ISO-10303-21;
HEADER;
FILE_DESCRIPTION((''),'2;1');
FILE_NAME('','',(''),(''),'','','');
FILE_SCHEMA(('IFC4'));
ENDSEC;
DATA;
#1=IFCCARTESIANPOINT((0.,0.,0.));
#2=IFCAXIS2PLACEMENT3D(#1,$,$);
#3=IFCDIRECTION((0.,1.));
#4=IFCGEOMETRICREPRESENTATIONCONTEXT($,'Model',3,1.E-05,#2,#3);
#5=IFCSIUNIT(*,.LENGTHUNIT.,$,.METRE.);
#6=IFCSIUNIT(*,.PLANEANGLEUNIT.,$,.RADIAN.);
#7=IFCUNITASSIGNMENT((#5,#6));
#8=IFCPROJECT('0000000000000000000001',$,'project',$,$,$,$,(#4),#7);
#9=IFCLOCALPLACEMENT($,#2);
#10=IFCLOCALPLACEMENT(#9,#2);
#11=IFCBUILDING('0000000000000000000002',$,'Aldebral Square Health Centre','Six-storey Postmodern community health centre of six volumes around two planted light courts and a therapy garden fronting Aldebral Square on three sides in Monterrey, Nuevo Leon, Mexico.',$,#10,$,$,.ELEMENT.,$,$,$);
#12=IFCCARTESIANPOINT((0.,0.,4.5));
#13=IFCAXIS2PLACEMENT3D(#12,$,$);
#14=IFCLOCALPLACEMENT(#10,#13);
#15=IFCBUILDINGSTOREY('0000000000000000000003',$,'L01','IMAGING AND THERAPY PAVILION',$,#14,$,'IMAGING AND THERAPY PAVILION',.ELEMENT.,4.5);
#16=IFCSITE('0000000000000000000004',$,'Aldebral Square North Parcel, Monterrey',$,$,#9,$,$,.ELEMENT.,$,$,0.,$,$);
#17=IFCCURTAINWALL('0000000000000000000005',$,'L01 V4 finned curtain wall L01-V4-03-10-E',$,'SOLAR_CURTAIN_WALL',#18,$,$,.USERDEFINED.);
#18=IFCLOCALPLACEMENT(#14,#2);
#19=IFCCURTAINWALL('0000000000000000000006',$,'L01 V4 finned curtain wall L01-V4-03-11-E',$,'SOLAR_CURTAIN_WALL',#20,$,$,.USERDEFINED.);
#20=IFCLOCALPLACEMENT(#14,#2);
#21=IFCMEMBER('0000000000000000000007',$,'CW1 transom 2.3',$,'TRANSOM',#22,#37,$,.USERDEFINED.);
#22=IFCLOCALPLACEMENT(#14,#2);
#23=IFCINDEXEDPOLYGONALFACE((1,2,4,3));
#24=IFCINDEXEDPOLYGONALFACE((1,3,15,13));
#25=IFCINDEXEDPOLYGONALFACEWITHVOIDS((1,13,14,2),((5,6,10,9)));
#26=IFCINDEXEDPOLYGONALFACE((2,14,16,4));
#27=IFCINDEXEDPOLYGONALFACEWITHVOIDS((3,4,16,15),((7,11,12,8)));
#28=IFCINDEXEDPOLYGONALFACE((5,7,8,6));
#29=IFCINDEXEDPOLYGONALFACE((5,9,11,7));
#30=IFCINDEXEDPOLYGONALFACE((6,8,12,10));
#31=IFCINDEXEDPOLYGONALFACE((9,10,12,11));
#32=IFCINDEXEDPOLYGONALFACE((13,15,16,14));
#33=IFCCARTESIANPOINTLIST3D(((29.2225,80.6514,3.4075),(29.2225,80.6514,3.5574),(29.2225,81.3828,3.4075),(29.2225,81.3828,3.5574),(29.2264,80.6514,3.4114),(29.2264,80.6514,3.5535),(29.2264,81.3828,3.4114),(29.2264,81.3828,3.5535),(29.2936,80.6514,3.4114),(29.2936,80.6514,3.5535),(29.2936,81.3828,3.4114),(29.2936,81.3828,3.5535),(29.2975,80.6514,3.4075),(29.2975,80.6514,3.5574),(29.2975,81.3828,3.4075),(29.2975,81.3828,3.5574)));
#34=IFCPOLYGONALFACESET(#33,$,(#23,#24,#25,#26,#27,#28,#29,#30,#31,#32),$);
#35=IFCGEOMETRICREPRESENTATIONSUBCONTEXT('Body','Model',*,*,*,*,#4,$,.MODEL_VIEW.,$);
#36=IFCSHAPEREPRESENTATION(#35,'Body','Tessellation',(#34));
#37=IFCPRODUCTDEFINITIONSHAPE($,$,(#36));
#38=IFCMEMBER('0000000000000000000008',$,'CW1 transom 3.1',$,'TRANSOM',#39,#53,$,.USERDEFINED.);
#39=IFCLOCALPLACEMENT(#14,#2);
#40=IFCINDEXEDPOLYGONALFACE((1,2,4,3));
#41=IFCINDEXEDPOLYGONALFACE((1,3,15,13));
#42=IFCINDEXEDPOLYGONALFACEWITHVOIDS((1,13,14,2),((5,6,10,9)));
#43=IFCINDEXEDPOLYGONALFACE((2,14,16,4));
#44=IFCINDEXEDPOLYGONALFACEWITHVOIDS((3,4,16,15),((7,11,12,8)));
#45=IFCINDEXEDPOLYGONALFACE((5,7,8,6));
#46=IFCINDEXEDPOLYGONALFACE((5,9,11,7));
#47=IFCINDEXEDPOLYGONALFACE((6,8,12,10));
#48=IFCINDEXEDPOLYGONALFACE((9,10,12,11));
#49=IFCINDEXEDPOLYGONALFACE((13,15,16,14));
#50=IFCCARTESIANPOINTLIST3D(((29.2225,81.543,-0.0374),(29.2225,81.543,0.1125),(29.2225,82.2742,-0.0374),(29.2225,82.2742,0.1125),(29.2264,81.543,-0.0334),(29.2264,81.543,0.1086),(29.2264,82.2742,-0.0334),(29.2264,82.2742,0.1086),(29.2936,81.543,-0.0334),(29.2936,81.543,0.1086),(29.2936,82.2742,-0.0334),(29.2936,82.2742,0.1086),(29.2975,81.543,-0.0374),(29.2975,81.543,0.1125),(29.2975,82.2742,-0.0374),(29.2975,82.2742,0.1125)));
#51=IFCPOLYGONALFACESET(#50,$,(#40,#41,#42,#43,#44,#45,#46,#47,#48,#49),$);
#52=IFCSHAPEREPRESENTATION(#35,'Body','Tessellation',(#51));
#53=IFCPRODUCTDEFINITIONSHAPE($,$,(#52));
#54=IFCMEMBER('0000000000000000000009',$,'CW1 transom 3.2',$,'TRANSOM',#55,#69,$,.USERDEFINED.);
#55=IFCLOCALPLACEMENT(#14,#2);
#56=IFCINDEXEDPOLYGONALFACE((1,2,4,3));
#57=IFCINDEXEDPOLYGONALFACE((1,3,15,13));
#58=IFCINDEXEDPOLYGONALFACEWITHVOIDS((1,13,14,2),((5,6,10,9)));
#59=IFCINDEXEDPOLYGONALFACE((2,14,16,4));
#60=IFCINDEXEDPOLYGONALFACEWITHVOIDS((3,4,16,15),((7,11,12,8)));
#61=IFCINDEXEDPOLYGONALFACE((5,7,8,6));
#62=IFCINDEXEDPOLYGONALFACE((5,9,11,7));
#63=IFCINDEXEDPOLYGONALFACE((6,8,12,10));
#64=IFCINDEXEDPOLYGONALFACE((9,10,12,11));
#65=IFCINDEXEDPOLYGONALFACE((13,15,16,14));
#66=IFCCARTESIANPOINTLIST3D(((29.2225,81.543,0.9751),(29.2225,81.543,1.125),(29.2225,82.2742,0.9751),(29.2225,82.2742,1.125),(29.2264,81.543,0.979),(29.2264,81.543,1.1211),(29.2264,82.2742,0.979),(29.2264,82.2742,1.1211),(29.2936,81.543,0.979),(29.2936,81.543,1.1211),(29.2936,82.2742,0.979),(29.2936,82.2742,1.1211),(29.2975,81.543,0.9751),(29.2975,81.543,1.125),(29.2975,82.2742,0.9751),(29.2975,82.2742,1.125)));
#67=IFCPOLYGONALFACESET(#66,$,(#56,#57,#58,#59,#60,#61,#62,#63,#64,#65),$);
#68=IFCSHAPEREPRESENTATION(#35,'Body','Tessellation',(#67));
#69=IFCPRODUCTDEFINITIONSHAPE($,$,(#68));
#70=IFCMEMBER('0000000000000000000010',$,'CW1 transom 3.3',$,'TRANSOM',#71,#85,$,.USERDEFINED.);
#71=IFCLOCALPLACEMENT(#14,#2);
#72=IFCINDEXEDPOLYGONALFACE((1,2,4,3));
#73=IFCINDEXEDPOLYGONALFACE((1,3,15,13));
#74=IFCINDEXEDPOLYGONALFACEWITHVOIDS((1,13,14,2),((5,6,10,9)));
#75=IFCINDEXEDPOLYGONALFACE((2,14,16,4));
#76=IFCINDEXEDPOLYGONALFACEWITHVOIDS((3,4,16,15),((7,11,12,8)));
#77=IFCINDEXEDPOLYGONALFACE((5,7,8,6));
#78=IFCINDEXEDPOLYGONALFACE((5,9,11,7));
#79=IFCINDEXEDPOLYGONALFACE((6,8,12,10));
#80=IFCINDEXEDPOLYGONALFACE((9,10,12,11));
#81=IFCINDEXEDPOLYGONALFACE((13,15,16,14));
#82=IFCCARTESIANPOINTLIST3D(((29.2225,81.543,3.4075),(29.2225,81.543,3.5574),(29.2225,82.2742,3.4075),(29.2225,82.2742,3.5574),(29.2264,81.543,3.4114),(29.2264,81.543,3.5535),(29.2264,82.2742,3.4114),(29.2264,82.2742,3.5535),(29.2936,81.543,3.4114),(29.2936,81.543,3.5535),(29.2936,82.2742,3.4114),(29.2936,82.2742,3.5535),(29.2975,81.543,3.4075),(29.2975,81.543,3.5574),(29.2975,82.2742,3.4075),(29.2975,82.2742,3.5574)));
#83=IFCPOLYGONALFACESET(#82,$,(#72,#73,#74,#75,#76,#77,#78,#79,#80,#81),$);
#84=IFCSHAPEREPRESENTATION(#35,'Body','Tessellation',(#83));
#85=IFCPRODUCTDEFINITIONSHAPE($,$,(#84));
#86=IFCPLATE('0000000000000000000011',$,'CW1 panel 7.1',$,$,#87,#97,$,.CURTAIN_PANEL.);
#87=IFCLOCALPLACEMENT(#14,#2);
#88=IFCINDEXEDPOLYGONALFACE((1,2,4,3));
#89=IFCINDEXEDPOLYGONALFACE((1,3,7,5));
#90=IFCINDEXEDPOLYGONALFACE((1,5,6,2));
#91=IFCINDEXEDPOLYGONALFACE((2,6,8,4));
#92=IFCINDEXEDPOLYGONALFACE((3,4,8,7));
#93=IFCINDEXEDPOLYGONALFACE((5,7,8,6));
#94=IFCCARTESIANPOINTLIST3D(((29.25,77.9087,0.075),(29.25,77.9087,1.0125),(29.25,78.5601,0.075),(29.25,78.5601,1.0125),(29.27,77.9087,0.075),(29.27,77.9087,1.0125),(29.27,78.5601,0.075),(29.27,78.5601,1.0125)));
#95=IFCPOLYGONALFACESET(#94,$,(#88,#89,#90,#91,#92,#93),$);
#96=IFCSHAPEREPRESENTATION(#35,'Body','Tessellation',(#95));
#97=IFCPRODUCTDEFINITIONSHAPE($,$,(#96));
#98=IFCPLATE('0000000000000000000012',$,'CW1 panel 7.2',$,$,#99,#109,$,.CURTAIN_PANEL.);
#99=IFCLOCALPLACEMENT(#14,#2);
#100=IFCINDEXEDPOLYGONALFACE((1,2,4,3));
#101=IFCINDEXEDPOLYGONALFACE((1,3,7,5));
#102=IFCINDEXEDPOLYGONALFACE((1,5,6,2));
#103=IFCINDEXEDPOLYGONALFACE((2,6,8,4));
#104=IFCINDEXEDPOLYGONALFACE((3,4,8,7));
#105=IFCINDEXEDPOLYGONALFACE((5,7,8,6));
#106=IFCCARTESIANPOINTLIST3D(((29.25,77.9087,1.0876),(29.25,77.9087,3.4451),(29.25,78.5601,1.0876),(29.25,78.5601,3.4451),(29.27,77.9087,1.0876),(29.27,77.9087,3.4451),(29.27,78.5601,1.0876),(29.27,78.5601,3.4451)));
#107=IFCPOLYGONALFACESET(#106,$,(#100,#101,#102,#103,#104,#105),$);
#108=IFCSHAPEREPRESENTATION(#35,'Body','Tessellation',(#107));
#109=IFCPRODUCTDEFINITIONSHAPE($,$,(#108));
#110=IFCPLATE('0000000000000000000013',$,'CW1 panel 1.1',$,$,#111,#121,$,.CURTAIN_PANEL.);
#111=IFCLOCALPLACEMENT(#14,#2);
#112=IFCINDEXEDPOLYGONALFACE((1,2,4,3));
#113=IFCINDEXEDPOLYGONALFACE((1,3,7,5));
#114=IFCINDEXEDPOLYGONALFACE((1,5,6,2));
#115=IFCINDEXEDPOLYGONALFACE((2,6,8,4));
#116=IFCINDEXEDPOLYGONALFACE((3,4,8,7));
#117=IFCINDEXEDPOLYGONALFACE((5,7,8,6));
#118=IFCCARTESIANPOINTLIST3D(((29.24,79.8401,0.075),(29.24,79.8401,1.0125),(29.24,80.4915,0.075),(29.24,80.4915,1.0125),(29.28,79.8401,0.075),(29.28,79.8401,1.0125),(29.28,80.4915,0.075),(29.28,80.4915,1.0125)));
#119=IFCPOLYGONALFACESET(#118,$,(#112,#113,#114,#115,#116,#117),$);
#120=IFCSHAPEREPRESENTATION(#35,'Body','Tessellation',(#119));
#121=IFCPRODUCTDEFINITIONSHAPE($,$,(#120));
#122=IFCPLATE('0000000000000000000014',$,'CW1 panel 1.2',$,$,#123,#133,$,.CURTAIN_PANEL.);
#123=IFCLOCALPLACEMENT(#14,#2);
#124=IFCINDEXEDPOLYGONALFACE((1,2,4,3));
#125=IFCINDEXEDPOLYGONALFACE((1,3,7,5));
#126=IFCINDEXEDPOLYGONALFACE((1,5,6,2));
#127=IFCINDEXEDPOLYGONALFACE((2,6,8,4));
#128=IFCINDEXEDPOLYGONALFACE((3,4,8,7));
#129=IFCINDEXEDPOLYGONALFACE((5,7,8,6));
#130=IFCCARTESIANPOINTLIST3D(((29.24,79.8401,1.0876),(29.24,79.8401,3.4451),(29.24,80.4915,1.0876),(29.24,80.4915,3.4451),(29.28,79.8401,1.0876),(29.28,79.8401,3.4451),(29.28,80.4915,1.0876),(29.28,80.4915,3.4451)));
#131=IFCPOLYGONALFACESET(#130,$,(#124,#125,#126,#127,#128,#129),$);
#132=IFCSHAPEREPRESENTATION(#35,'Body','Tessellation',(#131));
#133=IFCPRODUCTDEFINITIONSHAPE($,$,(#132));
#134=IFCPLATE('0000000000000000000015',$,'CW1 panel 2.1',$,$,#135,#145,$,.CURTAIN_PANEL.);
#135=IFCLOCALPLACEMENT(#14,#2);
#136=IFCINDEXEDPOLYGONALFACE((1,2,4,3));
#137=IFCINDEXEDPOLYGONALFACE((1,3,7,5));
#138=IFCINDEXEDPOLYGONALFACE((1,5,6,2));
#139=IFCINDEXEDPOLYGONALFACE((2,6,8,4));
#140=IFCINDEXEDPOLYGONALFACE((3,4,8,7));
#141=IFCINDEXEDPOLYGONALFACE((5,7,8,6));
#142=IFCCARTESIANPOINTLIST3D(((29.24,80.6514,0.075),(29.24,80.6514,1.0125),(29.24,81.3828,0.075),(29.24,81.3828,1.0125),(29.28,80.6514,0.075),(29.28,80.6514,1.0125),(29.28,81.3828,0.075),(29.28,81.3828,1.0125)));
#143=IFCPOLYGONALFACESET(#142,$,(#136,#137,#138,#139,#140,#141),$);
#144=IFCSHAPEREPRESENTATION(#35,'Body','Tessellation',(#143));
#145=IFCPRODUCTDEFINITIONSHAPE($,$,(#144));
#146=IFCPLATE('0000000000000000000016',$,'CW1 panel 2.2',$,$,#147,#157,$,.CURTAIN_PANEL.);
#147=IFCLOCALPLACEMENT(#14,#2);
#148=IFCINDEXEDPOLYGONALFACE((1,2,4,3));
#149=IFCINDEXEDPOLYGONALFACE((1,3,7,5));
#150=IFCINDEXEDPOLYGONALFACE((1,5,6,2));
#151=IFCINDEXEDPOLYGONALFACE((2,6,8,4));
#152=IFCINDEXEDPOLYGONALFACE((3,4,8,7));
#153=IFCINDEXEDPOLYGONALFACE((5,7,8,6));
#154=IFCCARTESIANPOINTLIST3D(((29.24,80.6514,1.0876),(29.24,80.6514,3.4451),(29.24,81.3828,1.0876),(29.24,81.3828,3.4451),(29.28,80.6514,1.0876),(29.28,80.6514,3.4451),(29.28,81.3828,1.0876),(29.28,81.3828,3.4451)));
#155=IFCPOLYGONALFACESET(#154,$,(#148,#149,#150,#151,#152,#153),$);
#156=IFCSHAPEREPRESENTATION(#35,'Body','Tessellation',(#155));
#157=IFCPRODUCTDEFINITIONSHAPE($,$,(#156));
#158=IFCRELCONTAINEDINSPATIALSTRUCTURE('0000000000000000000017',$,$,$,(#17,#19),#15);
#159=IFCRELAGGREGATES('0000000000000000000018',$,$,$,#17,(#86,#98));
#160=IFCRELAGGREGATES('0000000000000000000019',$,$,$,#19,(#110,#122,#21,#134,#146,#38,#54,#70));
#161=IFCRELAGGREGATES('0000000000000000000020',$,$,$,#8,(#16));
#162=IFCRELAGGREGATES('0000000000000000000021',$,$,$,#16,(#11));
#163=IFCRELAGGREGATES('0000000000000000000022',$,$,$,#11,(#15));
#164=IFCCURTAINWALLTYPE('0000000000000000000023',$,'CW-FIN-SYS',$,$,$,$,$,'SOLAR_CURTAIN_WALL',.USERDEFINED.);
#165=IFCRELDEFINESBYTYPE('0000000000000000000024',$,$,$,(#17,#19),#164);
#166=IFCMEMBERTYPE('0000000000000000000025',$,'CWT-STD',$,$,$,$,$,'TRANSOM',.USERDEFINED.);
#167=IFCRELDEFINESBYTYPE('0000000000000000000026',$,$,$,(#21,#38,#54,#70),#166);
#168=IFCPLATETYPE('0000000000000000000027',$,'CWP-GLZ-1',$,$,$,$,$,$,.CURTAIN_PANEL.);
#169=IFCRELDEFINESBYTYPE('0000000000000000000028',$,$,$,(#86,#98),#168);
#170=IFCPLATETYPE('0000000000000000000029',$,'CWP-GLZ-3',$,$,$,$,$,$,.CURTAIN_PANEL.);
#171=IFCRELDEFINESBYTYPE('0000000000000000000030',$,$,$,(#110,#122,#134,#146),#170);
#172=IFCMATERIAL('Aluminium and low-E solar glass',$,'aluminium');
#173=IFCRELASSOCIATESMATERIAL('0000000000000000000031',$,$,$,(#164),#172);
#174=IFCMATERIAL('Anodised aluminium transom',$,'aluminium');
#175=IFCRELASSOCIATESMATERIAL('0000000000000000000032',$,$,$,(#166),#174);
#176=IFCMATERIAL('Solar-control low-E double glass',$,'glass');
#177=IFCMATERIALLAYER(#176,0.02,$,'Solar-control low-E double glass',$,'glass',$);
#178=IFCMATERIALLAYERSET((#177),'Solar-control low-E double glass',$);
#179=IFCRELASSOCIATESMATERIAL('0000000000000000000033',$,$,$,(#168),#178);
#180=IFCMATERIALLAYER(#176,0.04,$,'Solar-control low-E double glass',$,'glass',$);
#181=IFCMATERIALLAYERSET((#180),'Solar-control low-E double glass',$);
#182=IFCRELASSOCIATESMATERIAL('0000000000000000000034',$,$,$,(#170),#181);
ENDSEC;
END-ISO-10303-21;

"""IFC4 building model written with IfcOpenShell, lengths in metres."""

from ifc_helpers import new_model, si_unit, direction, frame, origin, origin_2d, place, context, subcontext, project, spatial, rectangle, hollow_rectangle, extrude, material, layer, layer_set, material_profile, profile_set, type_object, element, aggregate, save


model = new_model("IFC4")

# Units and contexts
model_context = context("Model", 3, precision=1e-05, world=origin(), true_north=direction((0.0, 1.0)))
body_context = subcontext(model_context, "Body", "Model", "MODEL_VIEW")
ifc_project = project(units=[si_unit("LENGTHUNIT", "METRE"), si_unit("PLANEANGLEUNIT", "RADIAN")], contexts=[model_context])

# Site, building, storey
site_placement = place(None, origin())
site = spatial("IfcSite", under=ifc_project, at=site_placement, Name="Aldebral Square North Parcel, Monterrey", CompositionType="ELEMENT", RefElevation=0.0)
building_placement = place(site_placement, origin())
building = spatial("IfcBuilding", under=site, at=building_placement, Name="Aldebral Square Health Centre", Description="Six-storey Postmodern community health centre of six volumes around two planted light courts and a therapy garden fronting Aldebral Square on three sides in Monterrey, Nuevo Leon, Mexico.", CompositionType="ELEMENT")
storey_placement = place(building_placement, frame((0.0, 0.0, 4.5)))
storey = spatial("IfcBuildingStorey", under=building, at=storey_placement, Name="L01", Description="IMAGING AND THERAPY PAVILION", LongName="IMAGING AND THERAPY PAVILION", CompositionType="ELEMENT", Elevation=4.5)

# Curtain wall
ifc_material_1 = material(Name="Aluminium and low-E solar glass", Category="aluminium")
curtain_wall_type = type_object("IfcCurtainWallType", Name="CW-FIN-SYS", ElementType="SOLAR_CURTAIN_WALL", PredefinedType="USERDEFINED", material=ifc_material_1)
curtain_wall_1_placement = place(storey_placement, origin())
curtain_wall_1 = element("IfcCurtainWall", 1, at=curtain_wall_1_placement, inside=storey, type_object=curtain_wall_type, Name="L01 V4 finned curtain wall L01-V4-03-10-E", ObjectType="SOLAR_CURTAIN_WALL", PredefinedType="USERDEFINED")

# Curtain wall
curtain_wall_2_placement = place(storey_placement, origin())
curtain_wall_2 = element("IfcCurtainWall", 2, at=curtain_wall_2_placement, inside=storey, type_object=curtain_wall_type, Name="L01 V4 finned curtain wall L01-V4-03-11-E", ObjectType="SOLAR_CURTAIN_WALL", PredefinedType="USERDEFINED")

# Members
ifc_material_2 = material(Name="Anodised aluminium transom", Category="aluminium")
ifc_material_profile_1 = material_profile(ifc_material_2, hollow_rectangle(XDim=0.075, YDim=0.1499, WallThickness=0.0039, at=origin_2d()), Name="CWT 75x150x4")
ifc_profile_set_1 = profile_set([ifc_material_profile_1], Name="Anodised aluminium transom")
member_type_1 = type_object("IfcMemberType", Name="CWT-STD", ElementType="TRANSOM", PredefinedType="USERDEFINED", material=ifc_profile_set_1)
member_1_placement = place(storey_placement, frame((29.26, 80.6514, 3.4824), z_axis=(0.0, 1.0, 0.0), x_axis=(-1.0, 0.0, 0.0)))
member_1 = element("IfcMember", 3, at=member_1_placement, type_object=member_type_1, Name="CW1 transom 2.3", ObjectType="TRANSOM", PredefinedType="USERDEFINED", context=body_context, shape_type="SweptSolid", body=[
    extrude(hollow_rectangle(XDim=0.075, YDim=0.1499, WallThickness=0.0039, at=origin_2d()), origin(), (0.0, 0.0, 1.0), 0.7314),
])
member_2_placement = place(storey_placement, frame((29.26, 81.543, 0.0376), z_axis=(0.0, 1.0, 0.0), x_axis=(-1.0, 0.0, 0.0)))
member_2 = element("IfcMember", 4, at=member_2_placement, type_object=member_type_1, Name="CW1 transom 3.1", ObjectType="TRANSOM", PredefinedType="USERDEFINED", context=body_context, shape_type="SweptSolid", body=[
    extrude(hollow_rectangle(XDim=0.075, YDim=0.1499, WallThickness=0.0039, at=origin_2d()), origin(), (0.0, 0.0, 1.0), 0.7312),
])
member_3_placement = place(storey_placement, frame((29.26, 81.543, 1.05), z_axis=(0.0, 1.0, 0.0), x_axis=(-1.0, 0.0, 0.0)))
member_3 = element("IfcMember", 5, at=member_3_placement, type_object=member_type_1, Name="CW1 transom 3.2", ObjectType="TRANSOM", PredefinedType="USERDEFINED", context=body_context, shape_type="SweptSolid", body=[
    extrude(hollow_rectangle(XDim=0.075, YDim=0.1499, WallThickness=0.0039, at=origin_2d()), origin(), (0.0, 0.0, 1.0), 0.7312),
])
member_4_placement = place(storey_placement, frame((29.26, 81.543, 3.4824), z_axis=(0.0, 1.0, 0.0), x_axis=(-1.0, 0.0, 0.0)))
member_4 = element("IfcMember", 6, at=member_4_placement, type_object=member_type_1, Name="CW1 transom 3.3", ObjectType="TRANSOM", PredefinedType="USERDEFINED", context=body_context, shape_type="SweptSolid", body=[
    extrude(hollow_rectangle(XDim=0.075, YDim=0.1499, WallThickness=0.0039, at=origin_2d()), origin(), (0.0, 0.0, 1.0), 0.7312),
])

# Plates
ifc_material_3 = material(Name="Solar-control low-E double glass", Category="glass")
ifc_layer_1 = layer(ifc_material_3, 0.02, Name="Solar-control low-E double glass", Category="glass")
ifc_layer_set_1 = layer_set([ifc_layer_1], Name="Solar-control low-E double glass")
plate_type_1 = type_object("IfcPlateType", Name="CWP-GLZ-1", PredefinedType="CURTAIN_PANEL", material=ifc_layer_set_1)
plate_1_placement = place(storey_placement, frame((29.26, 78.2344, 0.075), z_axis=(0.0, 0.0, 1.0), x_axis=(0.0, 1.0, 0.0)))
plate_1 = element("IfcPlate", 7, at=plate_1_placement, type_object=plate_type_1, Name="CW1 panel 7.1", PredefinedType="CURTAIN_PANEL", context=body_context, shape_type="SweptSolid", body=[
    extrude(rectangle(XDim=0.6514, YDim=0.02, at=origin_2d()), origin(), (0.0, 0.0, 1.0), 0.9375),
])
plate_2_placement = place(storey_placement, frame((29.26, 78.2344, 1.0876), z_axis=(0.0, 0.0, 1.0), x_axis=(0.0, 1.0, 0.0)))
plate_2 = element("IfcPlate", 8, at=plate_2_placement, type_object=plate_type_1, Name="CW1 panel 7.2", PredefinedType="CURTAIN_PANEL", context=body_context, shape_type="SweptSolid", body=[
    extrude(rectangle(XDim=0.6514, YDim=0.02, at=origin_2d()), origin(), (0.0, 0.0, 1.0), 2.3574),
])
aggregate(curtain_wall_1, [plate_1, plate_2])
ifc_layer_2 = layer(ifc_material_3, 0.04, Name="Solar-control low-E double glass", Category="glass")
ifc_layer_set_2 = layer_set([ifc_layer_2], Name="Solar-control low-E double glass")
plate_type_2 = type_object("IfcPlateType", Name="CWP-GLZ-3", PredefinedType="CURTAIN_PANEL", material=ifc_layer_set_2)
plate_3_placement = place(storey_placement, frame((29.26, 80.1658, 0.075), z_axis=(0.0, 0.0, 1.0), x_axis=(0.0, 1.0, 0.0)))
plate_3 = element("IfcPlate", 9, at=plate_3_placement, type_object=plate_type_2, Name="CW1 panel 1.1", PredefinedType="CURTAIN_PANEL", context=body_context, shape_type="SweptSolid", body=[
    extrude(rectangle(XDim=0.6514, YDim=0.04, at=origin_2d()), origin(), (0.0, 0.0, 1.0), 0.9375),
])
plate_4_placement = place(storey_placement, frame((29.26, 80.1658, 1.0876), z_axis=(0.0, 0.0, 1.0), x_axis=(0.0, 1.0, 0.0)))
plate_4 = element("IfcPlate", 10, at=plate_4_placement, type_object=plate_type_2, Name="CW1 panel 1.2", PredefinedType="CURTAIN_PANEL", context=body_context, shape_type="SweptSolid", body=[
    extrude(rectangle(XDim=0.6514, YDim=0.04, at=origin_2d()), origin(), (0.0, 0.0, 1.0), 2.3574),
])
plate_5_placement = place(storey_placement, frame((29.26, 81.0171, 0.075), z_axis=(0.0, 0.0, 1.0), x_axis=(0.0, 1.0, 0.0)))
plate_5 = element("IfcPlate", 11, at=plate_5_placement, type_object=plate_type_2, Name="CW1 panel 2.1", PredefinedType="CURTAIN_PANEL", context=body_context, shape_type="SweptSolid", body=[
    extrude(rectangle(XDim=0.7314, YDim=0.04, at=origin_2d()), origin(), (0.0, 0.0, 1.0), 0.9375),
])
plate_6_placement = place(storey_placement, frame((29.26, 81.0171, 1.0876), z_axis=(0.0, 0.0, 1.0), x_axis=(0.0, 1.0, 0.0)))
plate_6 = element("IfcPlate", 12, at=plate_6_placement, type_object=plate_type_2, Name="CW1 panel 2.2", PredefinedType="CURTAIN_PANEL", context=body_context, shape_type="SweptSolid", body=[
    extrude(rectangle(XDim=0.7314, YDim=0.04, at=origin_2d()), origin(), (0.0, 0.0, 1.0), 2.3574),
])
aggregate(curtain_wall_2, [plate_3, plate_4, member_1, plate_5, plate_6, member_2, member_3, member_4])

save(model, "model.ifc")
